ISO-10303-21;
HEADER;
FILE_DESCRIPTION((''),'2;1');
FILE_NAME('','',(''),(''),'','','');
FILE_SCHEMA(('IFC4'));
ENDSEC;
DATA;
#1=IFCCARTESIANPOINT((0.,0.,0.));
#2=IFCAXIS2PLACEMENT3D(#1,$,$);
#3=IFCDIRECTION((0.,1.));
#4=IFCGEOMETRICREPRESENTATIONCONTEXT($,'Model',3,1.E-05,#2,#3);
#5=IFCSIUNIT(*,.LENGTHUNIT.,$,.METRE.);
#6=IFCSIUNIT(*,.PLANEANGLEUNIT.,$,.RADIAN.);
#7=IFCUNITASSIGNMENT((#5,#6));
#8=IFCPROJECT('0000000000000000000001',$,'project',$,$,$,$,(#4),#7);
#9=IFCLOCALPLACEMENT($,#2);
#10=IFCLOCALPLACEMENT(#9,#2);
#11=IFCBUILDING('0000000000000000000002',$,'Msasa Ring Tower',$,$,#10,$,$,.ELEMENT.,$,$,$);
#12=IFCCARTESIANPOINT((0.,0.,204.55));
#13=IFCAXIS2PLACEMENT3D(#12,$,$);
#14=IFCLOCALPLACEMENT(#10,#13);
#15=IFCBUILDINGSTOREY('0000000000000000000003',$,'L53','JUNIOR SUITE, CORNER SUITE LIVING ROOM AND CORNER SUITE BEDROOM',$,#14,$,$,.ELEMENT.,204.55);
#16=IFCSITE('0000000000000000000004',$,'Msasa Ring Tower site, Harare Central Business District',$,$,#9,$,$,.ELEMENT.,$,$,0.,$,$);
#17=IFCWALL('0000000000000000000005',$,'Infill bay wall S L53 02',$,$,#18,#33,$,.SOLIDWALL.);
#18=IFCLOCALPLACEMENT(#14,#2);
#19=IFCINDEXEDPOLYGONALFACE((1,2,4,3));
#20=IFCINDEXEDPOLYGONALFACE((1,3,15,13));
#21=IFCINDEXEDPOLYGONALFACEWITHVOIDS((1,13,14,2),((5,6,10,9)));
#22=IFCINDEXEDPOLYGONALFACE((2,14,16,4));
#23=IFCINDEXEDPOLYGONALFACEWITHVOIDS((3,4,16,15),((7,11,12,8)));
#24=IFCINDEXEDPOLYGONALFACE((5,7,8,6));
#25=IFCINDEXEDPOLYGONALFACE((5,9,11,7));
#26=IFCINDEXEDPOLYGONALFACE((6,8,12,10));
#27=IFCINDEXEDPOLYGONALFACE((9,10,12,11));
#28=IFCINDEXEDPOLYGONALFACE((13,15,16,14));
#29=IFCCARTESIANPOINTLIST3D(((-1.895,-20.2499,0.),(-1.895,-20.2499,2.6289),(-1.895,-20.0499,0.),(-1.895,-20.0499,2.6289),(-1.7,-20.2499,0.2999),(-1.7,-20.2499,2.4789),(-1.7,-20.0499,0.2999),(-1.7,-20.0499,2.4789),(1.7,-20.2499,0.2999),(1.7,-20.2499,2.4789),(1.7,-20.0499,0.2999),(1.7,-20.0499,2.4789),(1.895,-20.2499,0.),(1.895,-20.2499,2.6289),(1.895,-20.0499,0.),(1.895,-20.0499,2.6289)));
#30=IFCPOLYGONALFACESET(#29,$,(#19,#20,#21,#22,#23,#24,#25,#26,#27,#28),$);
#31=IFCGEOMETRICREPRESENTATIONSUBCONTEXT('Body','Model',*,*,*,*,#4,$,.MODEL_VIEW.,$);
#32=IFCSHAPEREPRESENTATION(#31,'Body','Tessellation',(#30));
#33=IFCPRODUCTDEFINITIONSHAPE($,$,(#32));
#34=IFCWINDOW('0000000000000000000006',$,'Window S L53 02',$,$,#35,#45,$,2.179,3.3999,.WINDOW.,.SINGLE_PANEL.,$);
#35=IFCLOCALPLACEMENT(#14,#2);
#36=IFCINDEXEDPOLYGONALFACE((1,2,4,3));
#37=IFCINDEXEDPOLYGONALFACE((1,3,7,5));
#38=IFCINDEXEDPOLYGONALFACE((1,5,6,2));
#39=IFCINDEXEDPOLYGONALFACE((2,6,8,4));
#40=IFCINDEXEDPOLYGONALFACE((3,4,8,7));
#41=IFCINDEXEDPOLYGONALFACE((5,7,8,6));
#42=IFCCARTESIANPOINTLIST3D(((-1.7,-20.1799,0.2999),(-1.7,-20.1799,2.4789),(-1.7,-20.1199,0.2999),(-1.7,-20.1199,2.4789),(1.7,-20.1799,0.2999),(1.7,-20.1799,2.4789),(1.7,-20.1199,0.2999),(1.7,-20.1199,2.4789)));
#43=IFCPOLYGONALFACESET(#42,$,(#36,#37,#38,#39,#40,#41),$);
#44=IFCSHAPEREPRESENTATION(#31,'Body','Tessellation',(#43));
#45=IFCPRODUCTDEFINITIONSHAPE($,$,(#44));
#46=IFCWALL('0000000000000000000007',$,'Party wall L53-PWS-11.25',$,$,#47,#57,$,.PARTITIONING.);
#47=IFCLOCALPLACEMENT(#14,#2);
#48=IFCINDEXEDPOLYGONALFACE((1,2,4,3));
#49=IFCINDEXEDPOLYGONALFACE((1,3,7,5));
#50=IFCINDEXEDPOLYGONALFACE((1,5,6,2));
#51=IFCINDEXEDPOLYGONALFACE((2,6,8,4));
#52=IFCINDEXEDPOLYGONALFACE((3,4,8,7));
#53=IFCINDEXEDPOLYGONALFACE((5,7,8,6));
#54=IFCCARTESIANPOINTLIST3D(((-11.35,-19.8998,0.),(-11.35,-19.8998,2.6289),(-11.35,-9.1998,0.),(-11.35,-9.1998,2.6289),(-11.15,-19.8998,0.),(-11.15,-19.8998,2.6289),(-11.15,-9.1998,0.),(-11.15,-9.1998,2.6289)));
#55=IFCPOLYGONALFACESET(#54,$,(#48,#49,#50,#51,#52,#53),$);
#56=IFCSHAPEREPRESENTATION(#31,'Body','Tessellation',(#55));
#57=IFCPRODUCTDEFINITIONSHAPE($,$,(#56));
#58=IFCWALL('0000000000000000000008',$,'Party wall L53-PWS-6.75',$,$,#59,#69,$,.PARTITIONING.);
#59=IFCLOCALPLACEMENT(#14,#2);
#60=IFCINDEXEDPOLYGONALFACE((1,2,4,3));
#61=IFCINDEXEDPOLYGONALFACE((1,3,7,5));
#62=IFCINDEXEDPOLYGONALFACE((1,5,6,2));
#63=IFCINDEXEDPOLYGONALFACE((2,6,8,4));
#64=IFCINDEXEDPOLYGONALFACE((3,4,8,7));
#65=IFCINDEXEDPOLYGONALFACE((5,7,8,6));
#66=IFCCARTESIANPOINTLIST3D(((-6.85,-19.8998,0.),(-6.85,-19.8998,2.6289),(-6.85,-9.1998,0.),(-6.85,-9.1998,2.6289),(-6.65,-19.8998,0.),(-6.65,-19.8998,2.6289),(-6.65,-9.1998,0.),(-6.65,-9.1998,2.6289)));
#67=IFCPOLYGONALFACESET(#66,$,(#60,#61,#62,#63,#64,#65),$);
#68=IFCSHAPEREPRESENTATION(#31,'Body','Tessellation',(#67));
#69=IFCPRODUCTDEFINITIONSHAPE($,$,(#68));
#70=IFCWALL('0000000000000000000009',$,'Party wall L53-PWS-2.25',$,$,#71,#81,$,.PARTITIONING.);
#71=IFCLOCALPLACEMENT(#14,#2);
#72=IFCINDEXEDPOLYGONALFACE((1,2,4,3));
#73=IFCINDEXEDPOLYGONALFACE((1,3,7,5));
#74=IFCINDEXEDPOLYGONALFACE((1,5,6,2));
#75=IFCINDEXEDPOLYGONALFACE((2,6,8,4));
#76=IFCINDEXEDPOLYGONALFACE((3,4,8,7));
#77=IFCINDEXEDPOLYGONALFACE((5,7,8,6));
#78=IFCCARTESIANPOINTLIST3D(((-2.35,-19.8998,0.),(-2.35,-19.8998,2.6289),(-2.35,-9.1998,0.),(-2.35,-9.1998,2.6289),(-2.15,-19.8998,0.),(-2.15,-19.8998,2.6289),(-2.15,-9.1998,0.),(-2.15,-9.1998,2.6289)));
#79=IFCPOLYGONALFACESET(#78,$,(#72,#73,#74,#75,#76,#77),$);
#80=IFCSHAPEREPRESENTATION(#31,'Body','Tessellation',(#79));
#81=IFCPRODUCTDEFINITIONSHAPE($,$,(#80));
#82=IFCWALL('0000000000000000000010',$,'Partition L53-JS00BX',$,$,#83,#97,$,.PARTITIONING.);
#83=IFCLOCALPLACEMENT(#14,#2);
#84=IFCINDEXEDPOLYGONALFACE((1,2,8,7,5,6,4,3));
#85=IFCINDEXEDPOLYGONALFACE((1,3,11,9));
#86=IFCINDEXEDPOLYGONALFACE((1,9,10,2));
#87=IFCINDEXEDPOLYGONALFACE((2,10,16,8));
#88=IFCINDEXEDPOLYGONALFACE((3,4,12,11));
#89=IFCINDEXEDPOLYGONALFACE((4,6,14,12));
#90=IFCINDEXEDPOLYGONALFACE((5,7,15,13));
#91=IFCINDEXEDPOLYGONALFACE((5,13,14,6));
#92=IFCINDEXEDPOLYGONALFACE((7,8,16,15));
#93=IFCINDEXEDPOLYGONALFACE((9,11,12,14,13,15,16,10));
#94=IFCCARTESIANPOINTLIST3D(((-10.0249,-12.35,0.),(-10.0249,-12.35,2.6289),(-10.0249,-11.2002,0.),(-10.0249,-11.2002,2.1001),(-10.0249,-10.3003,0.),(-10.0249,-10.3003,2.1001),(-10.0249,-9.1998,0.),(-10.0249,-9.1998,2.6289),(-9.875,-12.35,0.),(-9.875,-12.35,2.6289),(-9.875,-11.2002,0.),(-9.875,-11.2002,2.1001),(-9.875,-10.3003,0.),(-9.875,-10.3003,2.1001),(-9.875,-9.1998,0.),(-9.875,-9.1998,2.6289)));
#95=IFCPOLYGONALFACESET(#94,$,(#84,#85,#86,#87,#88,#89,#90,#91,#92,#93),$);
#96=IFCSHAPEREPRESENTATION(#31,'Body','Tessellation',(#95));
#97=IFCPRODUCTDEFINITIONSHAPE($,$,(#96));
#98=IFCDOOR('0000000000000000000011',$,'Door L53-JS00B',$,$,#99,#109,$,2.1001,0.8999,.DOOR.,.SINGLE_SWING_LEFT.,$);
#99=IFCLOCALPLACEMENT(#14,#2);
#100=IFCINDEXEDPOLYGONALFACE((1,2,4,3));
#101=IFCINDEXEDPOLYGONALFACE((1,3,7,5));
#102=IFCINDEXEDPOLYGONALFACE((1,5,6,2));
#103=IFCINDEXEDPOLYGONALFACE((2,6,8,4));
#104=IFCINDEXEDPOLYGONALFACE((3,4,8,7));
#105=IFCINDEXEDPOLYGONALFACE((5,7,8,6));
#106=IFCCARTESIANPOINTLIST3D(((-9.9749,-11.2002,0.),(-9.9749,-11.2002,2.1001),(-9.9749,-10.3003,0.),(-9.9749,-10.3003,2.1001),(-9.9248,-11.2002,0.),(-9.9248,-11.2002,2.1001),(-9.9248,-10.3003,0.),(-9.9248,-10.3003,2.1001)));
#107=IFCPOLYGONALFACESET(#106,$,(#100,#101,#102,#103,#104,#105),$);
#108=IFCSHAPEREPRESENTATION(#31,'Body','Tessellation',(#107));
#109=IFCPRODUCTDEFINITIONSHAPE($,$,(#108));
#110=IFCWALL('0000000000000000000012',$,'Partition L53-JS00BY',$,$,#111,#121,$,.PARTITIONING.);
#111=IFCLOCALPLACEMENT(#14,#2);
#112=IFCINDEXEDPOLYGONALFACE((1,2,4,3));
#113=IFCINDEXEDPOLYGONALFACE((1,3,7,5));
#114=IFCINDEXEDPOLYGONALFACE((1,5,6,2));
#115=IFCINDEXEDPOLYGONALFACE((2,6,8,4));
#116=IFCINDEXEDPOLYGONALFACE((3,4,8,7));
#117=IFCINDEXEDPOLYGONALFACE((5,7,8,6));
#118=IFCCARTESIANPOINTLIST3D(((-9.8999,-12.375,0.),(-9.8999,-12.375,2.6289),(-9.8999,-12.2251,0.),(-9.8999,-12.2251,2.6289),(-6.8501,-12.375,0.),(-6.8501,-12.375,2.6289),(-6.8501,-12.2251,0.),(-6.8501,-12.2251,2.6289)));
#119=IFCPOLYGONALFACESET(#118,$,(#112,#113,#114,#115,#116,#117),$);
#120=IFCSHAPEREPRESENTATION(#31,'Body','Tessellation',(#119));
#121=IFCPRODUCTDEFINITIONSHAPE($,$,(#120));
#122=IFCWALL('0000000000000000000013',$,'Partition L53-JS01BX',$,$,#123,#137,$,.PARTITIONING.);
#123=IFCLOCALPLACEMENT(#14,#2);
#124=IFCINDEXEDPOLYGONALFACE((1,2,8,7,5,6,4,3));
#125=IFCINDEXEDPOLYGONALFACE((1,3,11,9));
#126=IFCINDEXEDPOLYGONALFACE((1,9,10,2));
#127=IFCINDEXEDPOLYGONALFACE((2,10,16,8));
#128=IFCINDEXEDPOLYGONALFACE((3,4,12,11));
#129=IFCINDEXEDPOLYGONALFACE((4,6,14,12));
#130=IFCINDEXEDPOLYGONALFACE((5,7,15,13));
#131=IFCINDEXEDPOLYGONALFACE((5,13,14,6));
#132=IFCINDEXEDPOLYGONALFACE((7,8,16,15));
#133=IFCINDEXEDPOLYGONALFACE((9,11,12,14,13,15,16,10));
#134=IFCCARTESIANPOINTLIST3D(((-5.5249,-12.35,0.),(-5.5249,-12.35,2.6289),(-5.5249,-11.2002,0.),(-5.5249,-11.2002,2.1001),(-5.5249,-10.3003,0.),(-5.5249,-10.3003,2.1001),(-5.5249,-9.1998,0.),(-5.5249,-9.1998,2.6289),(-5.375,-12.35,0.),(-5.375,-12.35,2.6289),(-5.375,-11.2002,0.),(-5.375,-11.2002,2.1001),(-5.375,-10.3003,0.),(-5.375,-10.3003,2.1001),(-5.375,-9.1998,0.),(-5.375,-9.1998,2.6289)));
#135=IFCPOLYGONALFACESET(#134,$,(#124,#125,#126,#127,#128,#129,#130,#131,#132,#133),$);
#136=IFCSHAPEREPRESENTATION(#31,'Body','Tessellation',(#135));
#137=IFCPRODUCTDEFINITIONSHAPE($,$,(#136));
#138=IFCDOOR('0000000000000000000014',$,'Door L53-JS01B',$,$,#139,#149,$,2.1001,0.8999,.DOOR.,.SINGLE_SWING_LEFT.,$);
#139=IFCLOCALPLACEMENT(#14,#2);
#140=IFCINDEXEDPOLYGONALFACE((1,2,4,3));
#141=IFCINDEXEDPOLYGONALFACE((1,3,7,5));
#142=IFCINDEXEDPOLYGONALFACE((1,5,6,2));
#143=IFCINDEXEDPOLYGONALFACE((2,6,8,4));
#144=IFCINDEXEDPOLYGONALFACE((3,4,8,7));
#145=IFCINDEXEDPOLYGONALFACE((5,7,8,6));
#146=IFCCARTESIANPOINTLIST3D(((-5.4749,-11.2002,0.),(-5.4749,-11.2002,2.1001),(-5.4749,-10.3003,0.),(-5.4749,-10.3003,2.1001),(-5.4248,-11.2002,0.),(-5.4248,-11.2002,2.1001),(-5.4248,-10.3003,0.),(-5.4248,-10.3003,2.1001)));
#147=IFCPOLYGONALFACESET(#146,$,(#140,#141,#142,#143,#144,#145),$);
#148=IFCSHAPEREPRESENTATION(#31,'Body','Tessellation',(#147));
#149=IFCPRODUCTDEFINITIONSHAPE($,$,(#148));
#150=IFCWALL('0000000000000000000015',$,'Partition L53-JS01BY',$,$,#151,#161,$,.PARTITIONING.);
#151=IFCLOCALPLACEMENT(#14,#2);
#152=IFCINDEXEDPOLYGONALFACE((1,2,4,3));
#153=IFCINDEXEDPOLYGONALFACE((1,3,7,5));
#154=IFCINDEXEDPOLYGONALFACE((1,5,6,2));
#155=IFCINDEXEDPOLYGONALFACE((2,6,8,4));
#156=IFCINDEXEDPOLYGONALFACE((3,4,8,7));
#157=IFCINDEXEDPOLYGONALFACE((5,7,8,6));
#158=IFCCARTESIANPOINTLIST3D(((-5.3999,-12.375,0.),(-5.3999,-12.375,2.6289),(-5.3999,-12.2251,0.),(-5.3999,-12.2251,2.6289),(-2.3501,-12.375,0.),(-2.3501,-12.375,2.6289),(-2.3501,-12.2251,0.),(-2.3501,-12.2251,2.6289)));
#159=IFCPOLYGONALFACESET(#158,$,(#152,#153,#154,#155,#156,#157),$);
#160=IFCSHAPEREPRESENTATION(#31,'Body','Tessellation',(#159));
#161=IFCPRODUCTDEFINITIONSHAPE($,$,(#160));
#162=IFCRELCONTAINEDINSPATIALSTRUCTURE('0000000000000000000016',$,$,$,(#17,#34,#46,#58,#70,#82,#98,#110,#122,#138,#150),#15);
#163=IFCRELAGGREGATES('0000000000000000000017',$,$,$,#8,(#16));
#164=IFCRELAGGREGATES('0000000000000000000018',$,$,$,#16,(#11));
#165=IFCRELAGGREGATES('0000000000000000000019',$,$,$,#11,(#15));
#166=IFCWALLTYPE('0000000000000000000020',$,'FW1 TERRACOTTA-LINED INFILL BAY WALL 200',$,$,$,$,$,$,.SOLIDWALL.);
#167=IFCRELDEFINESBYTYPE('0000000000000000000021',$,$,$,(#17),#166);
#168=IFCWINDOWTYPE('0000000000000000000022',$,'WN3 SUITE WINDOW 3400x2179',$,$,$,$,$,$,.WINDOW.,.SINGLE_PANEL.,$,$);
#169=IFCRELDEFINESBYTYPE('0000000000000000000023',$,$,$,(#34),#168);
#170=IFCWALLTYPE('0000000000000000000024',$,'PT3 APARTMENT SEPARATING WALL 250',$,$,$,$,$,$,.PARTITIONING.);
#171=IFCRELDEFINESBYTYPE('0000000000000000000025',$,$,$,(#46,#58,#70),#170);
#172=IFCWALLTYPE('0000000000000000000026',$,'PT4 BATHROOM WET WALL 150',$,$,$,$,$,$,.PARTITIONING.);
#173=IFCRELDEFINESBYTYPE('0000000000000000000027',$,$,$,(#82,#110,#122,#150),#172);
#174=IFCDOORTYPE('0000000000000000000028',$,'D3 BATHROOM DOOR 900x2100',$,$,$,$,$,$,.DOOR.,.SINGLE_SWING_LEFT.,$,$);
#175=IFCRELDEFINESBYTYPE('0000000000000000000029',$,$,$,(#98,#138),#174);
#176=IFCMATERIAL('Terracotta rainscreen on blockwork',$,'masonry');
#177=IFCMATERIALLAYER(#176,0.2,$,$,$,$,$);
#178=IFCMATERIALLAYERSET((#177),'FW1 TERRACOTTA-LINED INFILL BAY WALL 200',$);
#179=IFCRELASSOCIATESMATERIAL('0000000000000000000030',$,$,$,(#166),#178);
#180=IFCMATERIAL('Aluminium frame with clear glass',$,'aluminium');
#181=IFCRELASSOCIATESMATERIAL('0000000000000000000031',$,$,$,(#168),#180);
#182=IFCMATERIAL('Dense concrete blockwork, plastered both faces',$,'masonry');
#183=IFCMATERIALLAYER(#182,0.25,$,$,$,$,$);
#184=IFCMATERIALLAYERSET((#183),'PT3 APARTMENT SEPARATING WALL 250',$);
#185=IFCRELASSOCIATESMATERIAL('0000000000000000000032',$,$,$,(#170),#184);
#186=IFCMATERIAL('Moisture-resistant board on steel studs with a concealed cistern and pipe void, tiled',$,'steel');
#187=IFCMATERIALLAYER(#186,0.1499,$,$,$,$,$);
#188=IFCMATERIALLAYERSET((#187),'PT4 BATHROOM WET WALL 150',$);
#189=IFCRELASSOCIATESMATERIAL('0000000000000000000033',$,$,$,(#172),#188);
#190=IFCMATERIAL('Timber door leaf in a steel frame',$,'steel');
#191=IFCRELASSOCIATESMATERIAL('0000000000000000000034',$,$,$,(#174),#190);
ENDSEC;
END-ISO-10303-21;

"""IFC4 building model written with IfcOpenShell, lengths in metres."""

from ifc_helpers import new_model, si_unit, direction, frame, frame_2d, origin, place, context, subcontext, project, spatial, rectangle, extrude, material, layer, layer_set, type_object, element, fill, save


model = new_model("IFC4")

# Units and contexts
model_context = context("Model", 3, precision=1e-05, world=origin(), true_north=direction((0.0, 1.0)))
body_context = subcontext(model_context, "Body", "Model", "MODEL_VIEW")
ifc_project = project(units=[si_unit("LENGTHUNIT", "METRE"), si_unit("PLANEANGLEUNIT", "RADIAN")], contexts=[model_context])

# Site, building, storey
site_placement = place(None, origin())
site = spatial("IfcSite", under=ifc_project, at=site_placement, Name="Msasa Ring Tower site, Harare Central Business District", CompositionType="ELEMENT", RefElevation=0.0)
building_placement = place(site_placement, origin())
building = spatial("IfcBuilding", under=site, at=building_placement, Name="Msasa Ring Tower", CompositionType="ELEMENT")
storey_placement = place(building_placement, frame((0.0, 0.0, 204.55)))
storey = spatial("IfcBuildingStorey", under=building, at=storey_placement, Name="L53", Description="JUNIOR SUITE, CORNER SUITE LIVING ROOM AND CORNER SUITE BEDROOM", CompositionType="ELEMENT", Elevation=204.55)

# Wall, opening, window
ifc_material_1 = material(Name="Terracotta rainscreen on blockwork", Category="masonry")
ifc_layer_1 = layer(ifc_material_1, 0.2)
ifc_layer_set_1 = layer_set([ifc_layer_1], Name="FW1 TERRACOTTA-LINED INFILL BAY WALL 200")
wall_type_1 = type_object("IfcWallType", Name="FW1 TERRACOTTA-LINED INFILL BAY WALL 200", PredefinedType="SOLIDWALL", material=ifc_layer_set_1)
ifc_material_2 = material(Name="Aluminium frame with clear glass", Category="aluminium")
window_type = type_object("IfcWindowType", Name="WN3 SUITE WINDOW 3400x2179", PartitioningType="SINGLE_PANEL", PredefinedType="WINDOW", material=ifc_material_2)
wall_1_placement = place(storey_placement, frame((-1.895, -20.1499, 0.0), z_axis=(0.0, 0.0, 1.0), x_axis=(1.0, 0.0, 0.0)))
wall_1 = element("IfcWall", 1, at=wall_1_placement, inside=storey, type_object=wall_type_1, Name="Infill bay wall S L53 02", PredefinedType="SOLIDWALL", context=body_context, shape_type="SweptSolid", body=[
    extrude(rectangle(XDim=3.79, YDim=0.2, at=frame_2d((1.895, 0.0))), origin(), (0.0, 0.0, 1.0), 2.6289),
])
opening_1_placement = place(wall_1_placement, frame((0.1951, 0.0, 0.3)))
opening_1 = element("IfcOpeningElement", 2, at=opening_1_placement, cuts=wall_1, PredefinedType="OPENING", context=body_context, shape_type="SweptSolid", body=[
    extrude(rectangle(XDim=3.3999, YDim=2.179, at=frame_2d((1.7, 1.0894))), frame((0.0, 0.1099, 0.0), z_axis=(0.0, -1.0, 0.0), x_axis=(1.0, 0.0, 0.0)), (0.0, 0.0, 1.0), 0.22),
])
window_1_placement = place(opening_1_placement, origin())
window_1 = element("IfcWindow", 3, at=window_1_placement, inside=storey, type_object=window_type, Name="Window S L53 02", OverallHeight=2.179, OverallWidth=3.3999, PartitioningType="SINGLE_PANEL", PredefinedType="WINDOW", context=body_context, shape_type="SweptSolid", body=[
    extrude(rectangle(XDim=3.3999, YDim=2.179, at=frame_2d((1.7, 1.0894))), frame((0.0, 0.03, 0.0), z_axis=(0.0, -1.0, 0.0), x_axis=(1.0, 0.0, 0.0)), (0.0, 0.0, 1.0), 0.0601),
])
fill(opening_1, window_1)

# Walls
ifc_material_3 = material(Name="Dense concrete blockwork, plastered both faces", Category="masonry")
ifc_layer_2 = layer(ifc_material_3, 0.25)
ifc_layer_set_2 = layer_set([ifc_layer_2], Name="PT3 APARTMENT SEPARATING WALL 250")
wall_type_2 = type_object("IfcWallType", Name="PT3 APARTMENT SEPARATING WALL 250", PredefinedType="PARTITIONING", material=ifc_layer_set_2)
for number, where, z_axis, x_axis, name in (
    (4, (-11.25, -19.8999, 0.0), (0.0, 0.0, 1.0), (0.0, 1.0, 0.0), "Party wall L53-PWS-11.25"),
    (5, (-6.75, -19.8999, 0.0), (0.0, 0.0, 1.0), (0.0, 1.0, 0.0), "Party wall L53-PWS-6.75"),
    (6, (-2.25, -19.8999, 0.0), (0.0, 0.0, 1.0), (0.0, 1.0, 0.0), "Party wall L53-PWS-2.25"),
):
    element("IfcWall", number, at=place(storey_placement, frame(where, z_axis=z_axis, x_axis=x_axis)), inside=storey, type_object=wall_type_2, Name=name, PredefinedType="PARTITIONING", context=body_context, shape_type="SweptSolid", body=[
        extrude(rectangle(XDim=10.7, YDim=0.2, at=frame_2d((5.3501, 0.0))), origin(), (0.0, 0.0, 1.0), 2.6289),
    ])

# Wall, opening, door
ifc_material_4 = material(Name="Moisture-resistant board on steel studs with a concealed cistern and pipe void, tiled", Category="steel")
ifc_layer_3 = layer(ifc_material_4, 0.1499)
ifc_layer_set_3 = layer_set([ifc_layer_3], Name="PT4 BATHROOM WET WALL 150")
wall_type_3 = type_object("IfcWallType", Name="PT4 BATHROOM WET WALL 150", PredefinedType="PARTITIONING", material=ifc_layer_set_3)
wall_2_placement = place(storey_placement, frame((-9.95, -12.3501, 0.0), z_axis=(0.0, 0.0, 1.0), x_axis=(0.0, 1.0, 0.0)))
wall_2 = element("IfcWall", 7, at=wall_2_placement, inside=storey, type_object=wall_type_3, Name="Partition L53-JS00BX", PredefinedType="PARTITIONING", context=body_context, shape_type="SweptSolid", body=[
    extrude(rectangle(XDim=3.1501, YDim=0.1499, at=frame_2d((1.5752, 0.0))), origin(), (0.0, 0.0, 1.0), 2.6289),
])
opening_2_placement = place(wall_2_placement, frame((1.1499, 0.0, 0.0)))
opening_2 = element("IfcOpeningElement", 8, at=opening_2_placement, cuts=wall_2, PredefinedType="OPENING", context=body_context, shape_type="SweptSolid", body=[
    extrude(rectangle(XDim=0.8999, YDim=2.1001, at=frame_2d((0.45, 1.05))), frame((0.0, 0.085, 0.0), z_axis=(0.0, -1.0, 0.0), x_axis=(1.0, 0.0, 0.0)), (0.0, 0.0, 1.0), 0.1699),
])
ifc_material_5 = material(Name="Timber door leaf in a steel frame", Category="steel")
door_type = type_object("IfcDoorType", Name="D3 BATHROOM DOOR 900x2100", OperationType="SINGLE_SWING_LEFT", PredefinedType="DOOR", material=ifc_material_5)
door_1_placement = place(opening_2_placement, origin())
door_1 = element("IfcDoor", 9, at=door_1_placement, inside=storey, type_object=door_type, Name="Door L53-JS00B", OperationType="SINGLE_SWING_LEFT", OverallHeight=2.1001, OverallWidth=0.8999, PredefinedType="DOOR", context=body_context, shape_type="SweptSolid", body=[
    extrude(rectangle(XDim=0.8999, YDim=2.1001, at=frame_2d((0.45, 1.05))), frame((0.0, 0.0249, 0.0), z_axis=(0.0, -1.0, 0.0), x_axis=(1.0, 0.0, 0.0)), (0.0, 0.0, 1.0), 0.05),
])
fill(opening_2, door_1)

# Wall
wall_3_placement = place(storey_placement, frame((-9.8999, -12.3, 0.0), z_axis=(0.0, 0.0, 1.0), x_axis=(1.0, 0.0, 0.0)))
element("IfcWall", 10, at=wall_3_placement, inside=storey, type_object=wall_type_3, Name="Partition L53-JS00BY", PredefinedType="PARTITIONING", context=body_context, shape_type="SweptSolid", body=[
    extrude(rectangle(XDim=3.0498, YDim=0.1499, at=frame_2d((1.5249, 0.0))), origin(), (0.0, 0.0, 1.0), 2.6289),
])

# Wall, opening, door
wall_4_placement = place(storey_placement, frame((-5.45, -12.3501, 0.0), z_axis=(0.0, 0.0, 1.0), x_axis=(0.0, 1.0, 0.0)))
wall_4 = element("IfcWall", 11, at=wall_4_placement, inside=storey, type_object=wall_type_3, Name="Partition L53-JS01BX", PredefinedType="PARTITIONING", context=body_context, shape_type="SweptSolid", body=[
    extrude(rectangle(XDim=3.1501, YDim=0.1499, at=frame_2d((1.5752, 0.0))), origin(), (0.0, 0.0, 1.0), 2.6289),
])
opening_3_placement = place(wall_4_placement, frame((1.1499, 0.0, 0.0)))
opening_3 = element("IfcOpeningElement", 12, at=opening_3_placement, cuts=wall_4, PredefinedType="OPENING", context=body_context, shape_type="SweptSolid", body=[
    extrude(rectangle(XDim=0.8999, YDim=2.1001, at=frame_2d((0.45, 1.05))), frame((0.0, 0.085, 0.0), z_axis=(0.0, -1.0, 0.0), x_axis=(1.0, 0.0, 0.0)), (0.0, 0.0, 1.0), 0.1699),
])
door_2_placement = place(opening_3_placement, origin())
door_2 = element("IfcDoor", 13, at=door_2_placement, inside=storey, type_object=door_type, Name="Door L53-JS01B", OperationType="SINGLE_SWING_LEFT", OverallHeight=2.1001, OverallWidth=0.8999, PredefinedType="DOOR", context=body_context, shape_type="SweptSolid", body=[
    extrude(rectangle(XDim=0.8999, YDim=2.1001, at=frame_2d((0.45, 1.05))), frame((0.0, 0.0249, 0.0), z_axis=(0.0, -1.0, 0.0), x_axis=(1.0, 0.0, 0.0)), (0.0, 0.0, 1.0), 0.05),
])
fill(opening_3, door_2)

# Wall
wall_5_placement = place(storey_placement, frame((-5.3999, -12.3, 0.0), z_axis=(0.0, 0.0, 1.0), x_axis=(1.0, 0.0, 0.0)))
element("IfcWall", 14, at=wall_5_placement, inside=storey, type_object=wall_type_3, Name="Partition L53-JS01BY", PredefinedType="PARTITIONING", context=body_context, shape_type="SweptSolid", body=[
    extrude(rectangle(XDim=3.0498, YDim=0.1499, at=frame_2d((1.5249, 0.0))), origin(), (0.0, 0.0, 1.0), 2.6289),
])

save(model, "model.ifc")
